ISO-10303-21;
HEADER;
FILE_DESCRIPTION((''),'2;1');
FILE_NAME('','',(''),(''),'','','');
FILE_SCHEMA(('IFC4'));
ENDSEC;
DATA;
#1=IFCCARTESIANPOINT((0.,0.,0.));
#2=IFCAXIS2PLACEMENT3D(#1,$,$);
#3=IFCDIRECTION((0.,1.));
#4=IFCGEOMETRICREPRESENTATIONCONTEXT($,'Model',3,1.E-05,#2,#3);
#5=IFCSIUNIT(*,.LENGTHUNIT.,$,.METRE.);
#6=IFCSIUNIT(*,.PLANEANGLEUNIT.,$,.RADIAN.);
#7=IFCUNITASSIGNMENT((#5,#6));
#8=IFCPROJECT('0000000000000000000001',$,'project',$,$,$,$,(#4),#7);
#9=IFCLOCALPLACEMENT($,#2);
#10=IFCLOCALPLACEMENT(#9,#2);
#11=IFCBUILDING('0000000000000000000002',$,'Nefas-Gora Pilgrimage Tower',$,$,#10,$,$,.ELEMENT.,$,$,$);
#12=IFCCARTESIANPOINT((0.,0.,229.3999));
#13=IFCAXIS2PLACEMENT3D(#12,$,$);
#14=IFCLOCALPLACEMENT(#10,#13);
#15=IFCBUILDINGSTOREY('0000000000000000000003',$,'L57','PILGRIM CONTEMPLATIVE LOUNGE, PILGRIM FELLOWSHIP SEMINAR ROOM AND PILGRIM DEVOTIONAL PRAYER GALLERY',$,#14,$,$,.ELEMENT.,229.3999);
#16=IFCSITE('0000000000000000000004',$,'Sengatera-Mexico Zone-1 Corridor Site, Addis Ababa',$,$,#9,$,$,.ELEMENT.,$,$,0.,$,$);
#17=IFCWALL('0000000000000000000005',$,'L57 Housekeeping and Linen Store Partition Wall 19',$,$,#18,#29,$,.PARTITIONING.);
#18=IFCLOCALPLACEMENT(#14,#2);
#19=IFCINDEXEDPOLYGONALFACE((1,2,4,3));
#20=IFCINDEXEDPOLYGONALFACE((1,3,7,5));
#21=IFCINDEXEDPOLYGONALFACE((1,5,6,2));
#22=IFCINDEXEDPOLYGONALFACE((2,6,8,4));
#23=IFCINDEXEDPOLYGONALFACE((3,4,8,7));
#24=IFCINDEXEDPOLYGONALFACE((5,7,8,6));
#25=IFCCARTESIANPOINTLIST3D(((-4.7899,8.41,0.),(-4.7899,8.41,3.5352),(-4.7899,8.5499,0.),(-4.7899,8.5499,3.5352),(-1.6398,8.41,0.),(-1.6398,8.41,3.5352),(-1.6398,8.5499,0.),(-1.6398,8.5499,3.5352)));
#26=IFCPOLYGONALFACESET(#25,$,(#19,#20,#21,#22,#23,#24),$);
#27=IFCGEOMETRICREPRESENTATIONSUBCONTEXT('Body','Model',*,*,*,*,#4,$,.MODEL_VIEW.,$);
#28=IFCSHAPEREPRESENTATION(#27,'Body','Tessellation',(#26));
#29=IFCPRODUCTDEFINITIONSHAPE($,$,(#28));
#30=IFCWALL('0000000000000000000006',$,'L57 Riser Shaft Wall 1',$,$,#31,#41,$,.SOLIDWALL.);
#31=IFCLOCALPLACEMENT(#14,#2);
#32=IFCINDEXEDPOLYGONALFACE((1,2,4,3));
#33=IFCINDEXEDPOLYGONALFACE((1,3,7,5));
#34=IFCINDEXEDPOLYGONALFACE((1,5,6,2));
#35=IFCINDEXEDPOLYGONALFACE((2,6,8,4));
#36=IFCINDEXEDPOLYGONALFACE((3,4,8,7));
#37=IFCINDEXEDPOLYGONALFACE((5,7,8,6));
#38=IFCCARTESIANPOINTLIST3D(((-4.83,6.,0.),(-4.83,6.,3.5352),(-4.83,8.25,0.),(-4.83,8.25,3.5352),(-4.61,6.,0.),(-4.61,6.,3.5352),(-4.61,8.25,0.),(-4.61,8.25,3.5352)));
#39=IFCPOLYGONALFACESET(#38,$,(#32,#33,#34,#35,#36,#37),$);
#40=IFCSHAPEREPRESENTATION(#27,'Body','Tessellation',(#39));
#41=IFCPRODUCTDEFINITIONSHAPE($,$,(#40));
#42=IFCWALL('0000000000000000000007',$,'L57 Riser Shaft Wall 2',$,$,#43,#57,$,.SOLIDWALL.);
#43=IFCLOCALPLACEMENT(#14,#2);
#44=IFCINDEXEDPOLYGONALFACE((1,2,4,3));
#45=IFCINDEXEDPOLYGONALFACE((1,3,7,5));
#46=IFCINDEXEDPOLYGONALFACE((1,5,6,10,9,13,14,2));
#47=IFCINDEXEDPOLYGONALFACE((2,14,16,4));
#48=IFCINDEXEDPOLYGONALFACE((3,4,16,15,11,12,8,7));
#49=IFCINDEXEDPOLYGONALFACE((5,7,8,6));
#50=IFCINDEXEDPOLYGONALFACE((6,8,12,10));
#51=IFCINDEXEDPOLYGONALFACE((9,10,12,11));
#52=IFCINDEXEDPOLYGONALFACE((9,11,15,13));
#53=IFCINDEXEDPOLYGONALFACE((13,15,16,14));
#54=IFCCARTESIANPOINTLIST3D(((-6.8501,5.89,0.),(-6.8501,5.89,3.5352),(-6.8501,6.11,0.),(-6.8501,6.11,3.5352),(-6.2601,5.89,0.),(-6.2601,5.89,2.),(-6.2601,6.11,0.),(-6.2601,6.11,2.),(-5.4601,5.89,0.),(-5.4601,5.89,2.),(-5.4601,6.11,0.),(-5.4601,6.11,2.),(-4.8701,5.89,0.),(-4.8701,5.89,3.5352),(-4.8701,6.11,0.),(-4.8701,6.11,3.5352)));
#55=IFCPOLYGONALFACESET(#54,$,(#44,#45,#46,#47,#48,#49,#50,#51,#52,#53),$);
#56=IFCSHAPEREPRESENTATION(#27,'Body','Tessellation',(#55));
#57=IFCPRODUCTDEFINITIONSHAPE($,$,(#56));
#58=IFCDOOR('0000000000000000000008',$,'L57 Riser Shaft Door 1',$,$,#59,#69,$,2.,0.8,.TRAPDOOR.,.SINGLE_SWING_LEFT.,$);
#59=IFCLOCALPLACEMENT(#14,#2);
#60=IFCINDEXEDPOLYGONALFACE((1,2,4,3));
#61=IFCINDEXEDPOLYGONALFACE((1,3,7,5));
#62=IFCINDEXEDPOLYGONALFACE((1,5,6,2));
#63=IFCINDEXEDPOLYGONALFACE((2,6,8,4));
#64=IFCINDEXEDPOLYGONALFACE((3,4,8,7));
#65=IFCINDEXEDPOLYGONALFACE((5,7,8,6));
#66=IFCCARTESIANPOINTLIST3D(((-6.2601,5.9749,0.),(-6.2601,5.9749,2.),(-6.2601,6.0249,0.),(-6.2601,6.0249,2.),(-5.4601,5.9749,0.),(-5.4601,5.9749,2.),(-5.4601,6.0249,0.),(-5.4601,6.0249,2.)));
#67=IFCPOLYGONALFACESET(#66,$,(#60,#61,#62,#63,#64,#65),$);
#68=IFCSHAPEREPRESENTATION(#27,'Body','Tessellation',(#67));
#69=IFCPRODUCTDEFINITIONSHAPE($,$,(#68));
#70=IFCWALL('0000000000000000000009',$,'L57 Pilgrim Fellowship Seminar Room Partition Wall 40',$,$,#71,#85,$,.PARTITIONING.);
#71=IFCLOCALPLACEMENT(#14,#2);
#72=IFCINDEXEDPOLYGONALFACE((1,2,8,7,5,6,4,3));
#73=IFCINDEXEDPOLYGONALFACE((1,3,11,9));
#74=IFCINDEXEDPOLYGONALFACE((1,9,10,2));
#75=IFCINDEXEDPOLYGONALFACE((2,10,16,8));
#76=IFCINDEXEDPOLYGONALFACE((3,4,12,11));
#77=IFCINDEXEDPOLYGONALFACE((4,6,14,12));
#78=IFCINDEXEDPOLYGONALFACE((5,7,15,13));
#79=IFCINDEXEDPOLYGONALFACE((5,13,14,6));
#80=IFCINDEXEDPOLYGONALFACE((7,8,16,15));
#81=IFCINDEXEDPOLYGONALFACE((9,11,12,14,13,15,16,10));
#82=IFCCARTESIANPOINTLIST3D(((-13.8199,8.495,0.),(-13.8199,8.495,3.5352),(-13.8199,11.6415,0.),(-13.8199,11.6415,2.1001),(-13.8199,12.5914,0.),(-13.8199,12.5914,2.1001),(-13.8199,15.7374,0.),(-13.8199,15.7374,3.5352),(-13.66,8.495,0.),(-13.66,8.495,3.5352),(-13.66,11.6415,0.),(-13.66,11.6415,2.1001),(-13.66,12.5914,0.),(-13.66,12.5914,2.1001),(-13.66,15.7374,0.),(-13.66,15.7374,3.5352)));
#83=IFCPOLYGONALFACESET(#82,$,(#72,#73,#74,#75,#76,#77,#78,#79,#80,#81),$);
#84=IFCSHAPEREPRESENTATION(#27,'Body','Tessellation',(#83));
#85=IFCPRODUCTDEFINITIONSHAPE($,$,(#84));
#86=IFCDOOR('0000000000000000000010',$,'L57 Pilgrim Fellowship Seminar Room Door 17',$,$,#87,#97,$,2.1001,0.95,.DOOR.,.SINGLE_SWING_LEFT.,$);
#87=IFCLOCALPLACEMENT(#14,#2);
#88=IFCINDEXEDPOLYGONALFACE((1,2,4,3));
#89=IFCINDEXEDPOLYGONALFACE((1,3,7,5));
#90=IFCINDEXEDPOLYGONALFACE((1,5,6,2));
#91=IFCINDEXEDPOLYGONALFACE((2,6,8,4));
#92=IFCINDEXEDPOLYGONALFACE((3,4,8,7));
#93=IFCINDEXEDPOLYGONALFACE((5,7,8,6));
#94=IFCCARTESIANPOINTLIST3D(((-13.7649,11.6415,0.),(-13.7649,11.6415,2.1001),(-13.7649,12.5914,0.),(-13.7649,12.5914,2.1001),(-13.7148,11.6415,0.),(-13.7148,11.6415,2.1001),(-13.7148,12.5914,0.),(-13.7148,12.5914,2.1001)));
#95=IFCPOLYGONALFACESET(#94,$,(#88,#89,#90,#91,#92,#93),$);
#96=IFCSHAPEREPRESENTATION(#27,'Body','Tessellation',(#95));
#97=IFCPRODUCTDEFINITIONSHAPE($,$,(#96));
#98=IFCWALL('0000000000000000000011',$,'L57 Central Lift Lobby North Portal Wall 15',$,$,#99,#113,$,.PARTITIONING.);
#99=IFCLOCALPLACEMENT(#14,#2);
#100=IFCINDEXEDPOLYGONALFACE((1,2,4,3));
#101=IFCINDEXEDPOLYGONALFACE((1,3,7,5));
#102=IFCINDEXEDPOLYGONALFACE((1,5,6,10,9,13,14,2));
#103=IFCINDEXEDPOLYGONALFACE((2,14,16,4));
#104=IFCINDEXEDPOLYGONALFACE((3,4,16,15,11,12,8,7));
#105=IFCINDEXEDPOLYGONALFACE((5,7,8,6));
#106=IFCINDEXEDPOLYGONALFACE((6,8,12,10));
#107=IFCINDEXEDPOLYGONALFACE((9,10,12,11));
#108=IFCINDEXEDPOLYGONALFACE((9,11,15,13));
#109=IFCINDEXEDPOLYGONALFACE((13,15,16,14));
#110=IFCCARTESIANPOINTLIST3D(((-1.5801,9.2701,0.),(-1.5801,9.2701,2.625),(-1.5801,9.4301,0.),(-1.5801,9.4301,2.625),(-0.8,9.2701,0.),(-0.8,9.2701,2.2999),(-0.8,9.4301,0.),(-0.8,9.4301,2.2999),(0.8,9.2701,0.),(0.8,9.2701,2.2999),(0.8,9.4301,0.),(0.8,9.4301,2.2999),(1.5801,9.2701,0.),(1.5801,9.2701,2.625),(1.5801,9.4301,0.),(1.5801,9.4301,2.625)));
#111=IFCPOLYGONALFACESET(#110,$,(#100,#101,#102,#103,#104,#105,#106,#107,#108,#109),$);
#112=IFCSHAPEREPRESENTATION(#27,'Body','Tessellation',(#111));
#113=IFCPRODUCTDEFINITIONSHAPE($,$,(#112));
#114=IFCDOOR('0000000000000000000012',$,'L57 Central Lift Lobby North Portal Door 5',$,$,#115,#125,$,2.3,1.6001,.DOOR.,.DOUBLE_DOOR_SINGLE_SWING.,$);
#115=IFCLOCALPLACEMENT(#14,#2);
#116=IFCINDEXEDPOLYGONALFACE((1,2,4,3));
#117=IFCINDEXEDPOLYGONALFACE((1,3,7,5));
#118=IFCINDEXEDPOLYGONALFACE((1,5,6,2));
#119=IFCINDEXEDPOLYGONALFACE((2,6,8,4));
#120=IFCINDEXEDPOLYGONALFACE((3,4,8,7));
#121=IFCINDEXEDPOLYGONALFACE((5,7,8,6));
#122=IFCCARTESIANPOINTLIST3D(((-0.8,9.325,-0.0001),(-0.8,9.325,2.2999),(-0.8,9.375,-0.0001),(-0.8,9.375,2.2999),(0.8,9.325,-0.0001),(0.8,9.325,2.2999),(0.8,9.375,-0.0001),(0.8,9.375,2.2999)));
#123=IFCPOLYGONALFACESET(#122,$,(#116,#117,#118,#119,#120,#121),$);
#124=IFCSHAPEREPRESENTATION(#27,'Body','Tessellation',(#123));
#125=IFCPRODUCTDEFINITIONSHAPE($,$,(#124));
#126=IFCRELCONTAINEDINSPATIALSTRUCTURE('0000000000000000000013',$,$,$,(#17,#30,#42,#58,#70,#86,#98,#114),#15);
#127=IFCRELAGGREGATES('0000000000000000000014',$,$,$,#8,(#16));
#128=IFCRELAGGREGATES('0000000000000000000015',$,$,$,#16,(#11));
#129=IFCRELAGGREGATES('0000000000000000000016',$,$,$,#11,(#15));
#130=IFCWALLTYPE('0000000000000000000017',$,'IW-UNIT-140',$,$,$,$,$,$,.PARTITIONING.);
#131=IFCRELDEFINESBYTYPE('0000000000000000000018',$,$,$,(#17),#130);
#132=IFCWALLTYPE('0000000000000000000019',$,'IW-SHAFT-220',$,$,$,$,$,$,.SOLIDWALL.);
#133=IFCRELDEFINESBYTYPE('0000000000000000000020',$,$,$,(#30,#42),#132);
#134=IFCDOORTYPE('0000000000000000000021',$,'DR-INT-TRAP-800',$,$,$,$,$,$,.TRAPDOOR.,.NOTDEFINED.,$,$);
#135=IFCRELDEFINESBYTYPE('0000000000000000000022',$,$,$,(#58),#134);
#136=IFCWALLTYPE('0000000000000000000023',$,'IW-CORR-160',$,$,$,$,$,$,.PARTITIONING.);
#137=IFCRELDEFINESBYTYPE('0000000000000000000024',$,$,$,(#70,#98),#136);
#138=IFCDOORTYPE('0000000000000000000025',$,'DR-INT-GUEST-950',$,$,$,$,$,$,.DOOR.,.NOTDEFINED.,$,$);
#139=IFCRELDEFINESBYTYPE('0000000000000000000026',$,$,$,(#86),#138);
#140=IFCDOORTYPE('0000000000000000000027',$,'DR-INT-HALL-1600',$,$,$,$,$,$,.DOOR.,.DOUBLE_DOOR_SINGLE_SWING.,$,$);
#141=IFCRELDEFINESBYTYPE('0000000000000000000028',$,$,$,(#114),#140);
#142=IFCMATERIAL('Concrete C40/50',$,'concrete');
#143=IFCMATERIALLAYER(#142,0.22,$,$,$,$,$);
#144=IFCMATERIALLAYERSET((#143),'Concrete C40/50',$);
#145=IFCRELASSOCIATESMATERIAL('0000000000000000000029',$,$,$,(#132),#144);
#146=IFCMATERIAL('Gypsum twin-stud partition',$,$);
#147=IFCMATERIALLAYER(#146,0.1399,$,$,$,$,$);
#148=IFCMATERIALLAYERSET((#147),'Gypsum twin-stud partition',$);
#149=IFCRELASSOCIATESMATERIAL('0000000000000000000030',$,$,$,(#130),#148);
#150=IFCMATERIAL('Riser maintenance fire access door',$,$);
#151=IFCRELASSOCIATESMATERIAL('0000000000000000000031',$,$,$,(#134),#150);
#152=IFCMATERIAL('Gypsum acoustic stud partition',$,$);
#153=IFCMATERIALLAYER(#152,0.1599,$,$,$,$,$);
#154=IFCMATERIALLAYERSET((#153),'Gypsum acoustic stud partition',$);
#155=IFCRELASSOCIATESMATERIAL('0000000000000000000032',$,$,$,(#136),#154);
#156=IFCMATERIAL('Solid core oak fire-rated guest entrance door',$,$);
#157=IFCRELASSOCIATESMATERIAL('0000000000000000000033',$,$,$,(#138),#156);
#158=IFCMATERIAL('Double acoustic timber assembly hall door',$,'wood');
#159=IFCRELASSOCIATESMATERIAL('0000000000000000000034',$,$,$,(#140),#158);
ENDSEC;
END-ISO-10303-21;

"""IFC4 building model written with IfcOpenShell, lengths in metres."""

from ifc_helpers import new_model, si_unit, direction, frame, frame_2d, origin, place, context, subcontext, project, spatial, rectangle, extrude, source, transform, mapped, material, layer, layer_set, type_object, element, fill, save


model = new_model("IFC4")

# Units and contexts
model_context = context("Model", 3, precision=1e-05, world=origin(), true_north=direction((0.0, 1.0)))
body_context = subcontext(model_context, "Body", "Model", "MODEL_VIEW")
ifc_project = project(units=[si_unit("LENGTHUNIT", "METRE"), si_unit("PLANEANGLEUNIT", "RADIAN")], contexts=[model_context])

# Site, building, storey
site_placement = place(None, origin())
site = spatial("IfcSite", under=ifc_project, at=site_placement, Name="Sengatera-Mexico Zone-1 Corridor Site, Addis Ababa", CompositionType="ELEMENT", RefElevation=0.0)
building_placement = place(site_placement, origin())
building = spatial("IfcBuilding", under=site, at=building_placement, Name="Nefas-Gora Pilgrimage Tower", CompositionType="ELEMENT")
storey_placement = place(building_placement, frame((0.0, 0.0, 229.3999)))
storey = spatial("IfcBuildingStorey", under=building, at=storey_placement, Name="L57", Description="PILGRIM CONTEMPLATIVE LOUNGE, PILGRIM FELLOWSHIP SEMINAR ROOM AND PILGRIM DEVOTIONAL PRAYER GALLERY", CompositionType="ELEMENT", Elevation=229.3999)

# Shared definitions
ifc_material_1 = material(Name="Concrete C40/50", Category="concrete")
ifc_layer_1 = layer(ifc_material_1, 0.22)
ifc_layer_set_1 = layer_set([ifc_layer_1], Name="Concrete C40/50")
wall_type_1 = type_object("IfcWallType", Name="IW-SHAFT-220", PredefinedType="SOLIDWALL", material=ifc_layer_set_1)

# Walls
ifc_material_2 = material(Name="Gypsum twin-stud partition")
ifc_layer_2 = layer(ifc_material_2, 0.1399)
ifc_layer_set_2 = layer_set([ifc_layer_2], Name="Gypsum twin-stud partition")
wall_type_2 = type_object("IfcWallType", Name="IW-UNIT-140", PredefinedType="PARTITIONING", material=ifc_layer_set_2)
shared_shape_1 = source(origin(), body_context, "Body", "SweptSolid", [
    extrude(rectangle(XDim=3.1501, YDim=0.1399, at=frame_2d((1.5752, 0.0))), origin(), (0.0, 0.0, 1.0), 3.5352),
])
wall_1_placement = place(storey_placement, frame((-4.79, 8.48, 0.0), z_axis=(0.0, 0.0, 1.0), x_axis=(1.0, 0.0, 0.0)))
element("IfcWall", 1, at=wall_1_placement, inside=storey, type_object=wall_type_2, Name="L57 Housekeeping and Linen Store Partition Wall 19", PredefinedType="PARTITIONING", context=body_context, shape_type="MappedRepresentation", body=[
    mapped(shared_shape_1, transform((0.0, 0.0, 0.0), x_axis=(1.0, 0.0, 0.0), y_axis=(0.0, 1.0, 0.0), z_axis=(0.0, 0.0, 1.0), scale=1.0)),
])
shared_shape_2 = source(origin(), body_context, "Body", "SweptSolid", [
    extrude(rectangle(XDim=2.25, YDim=0.22, at=frame_2d((1.125, 0.0))), origin(), (0.0, 0.0, 1.0), 3.5352),
])
wall_2_placement = place(storey_placement, frame((-4.72, 6.0, 0.0), z_axis=(0.0, 0.0, 1.0), x_axis=(0.0, 1.0, 0.0)))
element("IfcWall", 2, at=wall_2_placement, inside=storey, type_object=wall_type_1, Name="L57 Riser Shaft Wall 1", PredefinedType="SOLIDWALL", context=body_context, shape_type="MappedRepresentation", body=[
    mapped(shared_shape_2, transform((0.0, 0.0, 0.0), x_axis=(1.0, 0.0, 0.0), y_axis=(0.0, 1.0, 0.0), z_axis=(0.0, 0.0, 1.0), scale=1.0)),
])

# Walls, openings, doors
shared_shape_3 = source(origin(), body_context, "Body", "SweptSolid", [
    extrude(rectangle(XDim=1.98, YDim=0.22, at=frame_2d((0.99, 0.0))), origin(), (0.0, 0.0, 1.0), 3.5352),
])
wall_3_placement = place(storey_placement, frame((-6.8501, 6.0, 0.0), z_axis=(0.0, 0.0, 1.0), x_axis=(1.0, 0.0, 0.0)))
wall_3 = element("IfcWall", 3, at=wall_3_placement, inside=storey, type_object=wall_type_1, Name="L57 Riser Shaft Wall 2", PredefinedType="SOLIDWALL", context=body_context, shape_type="MappedRepresentation", body=[
    mapped(shared_shape_3, transform((0.0, 0.0, 0.0), x_axis=(1.0, 0.0, 0.0), y_axis=(0.0, 1.0, 0.0), z_axis=(0.0, 0.0, 1.0), scale=1.0)),
])
opening_1_placement = place(wall_3_placement, frame((0.5901, 0.0, 0.0)))
opening_1 = element("IfcOpeningElement", 4, at=opening_1_placement, cuts=wall_3, PredefinedType="OPENING", context=body_context, shape_type="SweptSolid", body=[
    extrude(rectangle(XDim=0.8, YDim=2.0, at=frame_2d((0.3999, 1.0))), frame((0.0, 0.1199, 0.0), z_axis=(0.0, -1.0, 0.0), x_axis=(1.0, 0.0, 0.0)), (0.0, 0.0, 1.0), 0.24),
])
ifc_material_3 = material(Name="Riser maintenance fire access door")
door_type_1 = type_object("IfcDoorType", Name="DR-INT-TRAP-800", OperationType="NOTDEFINED", PredefinedType="TRAPDOOR", material=ifc_material_3)
shared_shape_4 = source(origin(), body_context, "Body", "SweptSolid", [
    extrude(rectangle(XDim=0.8, YDim=2.0, at=frame_2d((0.3999, 1.0))), frame((0.0, 0.0249, 0.0), z_axis=(0.0, -1.0, 0.0), x_axis=(1.0, 0.0, 0.0)), (0.0, 0.0, 1.0), 0.05),
])
door_1_placement = place(opening_1_placement, origin())
door_1 = element("IfcDoor", 5, at=door_1_placement, inside=storey, type_object=door_type_1, Name="L57 Riser Shaft Door 1", OperationType="SINGLE_SWING_LEFT", OverallHeight=2.0, OverallWidth=0.8, PredefinedType="TRAPDOOR", context=body_context, shape_type="MappedRepresentation", body=[
    mapped(shared_shape_4, transform((0.0, 0.0, 0.0), x_axis=(1.0, 0.0, 0.0), y_axis=(0.0, 1.0, 0.0), z_axis=(0.0, 0.0, 1.0), scale=1.0)),
])
fill(opening_1, door_1)
ifc_material_4 = material(Name="Gypsum acoustic stud partition")
ifc_layer_3 = layer(ifc_material_4, 0.1599)
ifc_layer_set_3 = layer_set([ifc_layer_3], Name="Gypsum acoustic stud partition")
wall_type_3 = type_object("IfcWallType", Name="IW-CORR-160", PredefinedType="PARTITIONING", material=ifc_layer_set_3)
shared_shape_5 = source(origin(), body_context, "Body", "SweptSolid", [
    extrude(rectangle(XDim=7.2424, YDim=0.1599, at=frame_2d((3.6211, 0.0))), origin(), (0.0, 0.0, 1.0), 3.5352),
])
wall_4_placement = place(storey_placement, frame((-13.74, 8.4951, 0.0), z_axis=(0.0, 0.0, 1.0), x_axis=(0.0, 1.0, 0.0)))
wall_4 = element("IfcWall", 6, at=wall_4_placement, inside=storey, type_object=wall_type_3, Name="L57 Pilgrim Fellowship Seminar Room Partition Wall 40", PredefinedType="PARTITIONING", context=body_context, shape_type="MappedRepresentation", body=[
    mapped(shared_shape_5, transform((0.0, 0.0, 0.0), x_axis=(1.0, 0.0, 0.0), y_axis=(0.0, 1.0, 0.0), z_axis=(0.0, 0.0, 1.0), scale=1.0)),
])
opening_2_placement = place(wall_4_placement, frame((3.1462, 0.0, 0.0)))
opening_2 = element("IfcOpeningElement", 7, at=opening_2_placement, cuts=wall_4, PredefinedType="OPENING", context=body_context, shape_type="SweptSolid", body=[
    extrude(rectangle(XDim=0.95, YDim=2.1001, at=frame_2d((0.4751, 1.05))), frame((0.0, 0.0898, 0.0), z_axis=(0.0, -1.0, 0.0), x_axis=(1.0, 0.0, 0.0)), (0.0, 0.0, 1.0), 0.1799),
])
ifc_material_5 = material(Name="Solid core oak fire-rated guest entrance door")
door_type_2 = type_object("IfcDoorType", Name="DR-INT-GUEST-950", OperationType="NOTDEFINED", PredefinedType="DOOR", material=ifc_material_5)
shared_shape_6 = source(origin(), body_context, "Body", "SweptSolid", [
    extrude(rectangle(XDim=0.95, YDim=2.1001, at=frame_2d((0.4751, 1.05))), frame((0.0, 0.0249, 0.0), z_axis=(0.0, -1.0, 0.0), x_axis=(1.0, 0.0, 0.0)), (0.0, 0.0, 1.0), 0.05),
])
door_2_placement = place(opening_2_placement, origin())
door_2 = element("IfcDoor", 8, at=door_2_placement, inside=storey, type_object=door_type_2, Name="L57 Pilgrim Fellowship Seminar Room Door 17", OperationType="SINGLE_SWING_LEFT", OverallHeight=2.1001, OverallWidth=0.95, PredefinedType="DOOR", context=body_context, shape_type="MappedRepresentation", body=[
    mapped(shared_shape_6, transform((0.0, 0.0, 0.0), x_axis=(1.0, 0.0, 0.0), y_axis=(0.0, 1.0, 0.0), z_axis=(0.0, 0.0, 1.0), scale=1.0)),
])
fill(opening_2, door_2)
shared_shape_7 = source(origin(), body_context, "Body", "SweptSolid", [
    extrude(rectangle(XDim=3.1602, YDim=0.1599, at=frame_2d((1.5801, 0.0))), origin(), (0.0, 0.0, 1.0), 2.625),
])
wall_5_placement = place(storey_placement, frame((-1.5801, 9.3501, 0.0), z_axis=(0.0, 0.0, 1.0), x_axis=(1.0, 0.0, 0.0)))
wall_5 = element("IfcWall", 9, at=wall_5_placement, inside=storey, type_object=wall_type_3, Name="L57 Central Lift Lobby North Portal Wall 15", PredefinedType="PARTITIONING", context=body_context, shape_type="MappedRepresentation", body=[
    mapped(shared_shape_7, transform((0.0, 0.0, 0.0), x_axis=(1.0, 0.0, 0.0), y_axis=(0.0, 1.0, 0.0), z_axis=(0.0, 0.0, 1.0), scale=1.0)),
])
opening_3_placement = place(wall_5_placement, frame((0.78, 0.0, 0.0)))
opening_3 = element("IfcOpeningElement", 10, at=opening_3_placement, cuts=wall_5, PredefinedType="OPENING", context=body_context, shape_type="SweptSolid", body=[
    extrude(rectangle(XDim=1.6001, YDim=2.3, at=frame_2d((0.8, 1.1499))), frame((0.0, 0.0898, 0.0), z_axis=(0.0, -1.0, 0.0), x_axis=(1.0, 0.0, 0.0)), (0.0, 0.0, 1.0), 0.1799),
])
ifc_material_6 = material(Name="Double acoustic timber assembly hall door", Category="wood")
door_type_3 = type_object("IfcDoorType", Name="DR-INT-HALL-1600", OperationType="DOUBLE_DOOR_SINGLE_SWING", PredefinedType="DOOR", material=ifc_material_6)
shared_shape_8 = source(origin(), body_context, "Body", "SweptSolid", [
    extrude(rectangle(XDim=1.6001, YDim=2.3, at=frame_2d((0.8, 1.1499))), frame((0.0, 0.0249, 0.0), z_axis=(0.0, -1.0, 0.0), x_axis=(1.0, 0.0, 0.0)), (0.0, 0.0, 1.0), 0.05),
])
door_3_placement = place(opening_3_placement, origin())
door_3 = element("IfcDoor", 11, at=door_3_placement, inside=storey, type_object=door_type_3, Name="L57 Central Lift Lobby North Portal Door 5", OperationType="DOUBLE_DOOR_SINGLE_SWING", OverallHeight=2.3, OverallWidth=1.6001, PredefinedType="DOOR", context=body_context, shape_type="MappedRepresentation", body=[
    mapped(shared_shape_8, transform((0.0, 0.0, 0.0), x_axis=(1.0, 0.0, 0.0), y_axis=(0.0, 1.0, 0.0), z_axis=(0.0, 0.0, 1.0), scale=1.0)),
])
fill(opening_3, door_3)

save(model, "model.ifc")
